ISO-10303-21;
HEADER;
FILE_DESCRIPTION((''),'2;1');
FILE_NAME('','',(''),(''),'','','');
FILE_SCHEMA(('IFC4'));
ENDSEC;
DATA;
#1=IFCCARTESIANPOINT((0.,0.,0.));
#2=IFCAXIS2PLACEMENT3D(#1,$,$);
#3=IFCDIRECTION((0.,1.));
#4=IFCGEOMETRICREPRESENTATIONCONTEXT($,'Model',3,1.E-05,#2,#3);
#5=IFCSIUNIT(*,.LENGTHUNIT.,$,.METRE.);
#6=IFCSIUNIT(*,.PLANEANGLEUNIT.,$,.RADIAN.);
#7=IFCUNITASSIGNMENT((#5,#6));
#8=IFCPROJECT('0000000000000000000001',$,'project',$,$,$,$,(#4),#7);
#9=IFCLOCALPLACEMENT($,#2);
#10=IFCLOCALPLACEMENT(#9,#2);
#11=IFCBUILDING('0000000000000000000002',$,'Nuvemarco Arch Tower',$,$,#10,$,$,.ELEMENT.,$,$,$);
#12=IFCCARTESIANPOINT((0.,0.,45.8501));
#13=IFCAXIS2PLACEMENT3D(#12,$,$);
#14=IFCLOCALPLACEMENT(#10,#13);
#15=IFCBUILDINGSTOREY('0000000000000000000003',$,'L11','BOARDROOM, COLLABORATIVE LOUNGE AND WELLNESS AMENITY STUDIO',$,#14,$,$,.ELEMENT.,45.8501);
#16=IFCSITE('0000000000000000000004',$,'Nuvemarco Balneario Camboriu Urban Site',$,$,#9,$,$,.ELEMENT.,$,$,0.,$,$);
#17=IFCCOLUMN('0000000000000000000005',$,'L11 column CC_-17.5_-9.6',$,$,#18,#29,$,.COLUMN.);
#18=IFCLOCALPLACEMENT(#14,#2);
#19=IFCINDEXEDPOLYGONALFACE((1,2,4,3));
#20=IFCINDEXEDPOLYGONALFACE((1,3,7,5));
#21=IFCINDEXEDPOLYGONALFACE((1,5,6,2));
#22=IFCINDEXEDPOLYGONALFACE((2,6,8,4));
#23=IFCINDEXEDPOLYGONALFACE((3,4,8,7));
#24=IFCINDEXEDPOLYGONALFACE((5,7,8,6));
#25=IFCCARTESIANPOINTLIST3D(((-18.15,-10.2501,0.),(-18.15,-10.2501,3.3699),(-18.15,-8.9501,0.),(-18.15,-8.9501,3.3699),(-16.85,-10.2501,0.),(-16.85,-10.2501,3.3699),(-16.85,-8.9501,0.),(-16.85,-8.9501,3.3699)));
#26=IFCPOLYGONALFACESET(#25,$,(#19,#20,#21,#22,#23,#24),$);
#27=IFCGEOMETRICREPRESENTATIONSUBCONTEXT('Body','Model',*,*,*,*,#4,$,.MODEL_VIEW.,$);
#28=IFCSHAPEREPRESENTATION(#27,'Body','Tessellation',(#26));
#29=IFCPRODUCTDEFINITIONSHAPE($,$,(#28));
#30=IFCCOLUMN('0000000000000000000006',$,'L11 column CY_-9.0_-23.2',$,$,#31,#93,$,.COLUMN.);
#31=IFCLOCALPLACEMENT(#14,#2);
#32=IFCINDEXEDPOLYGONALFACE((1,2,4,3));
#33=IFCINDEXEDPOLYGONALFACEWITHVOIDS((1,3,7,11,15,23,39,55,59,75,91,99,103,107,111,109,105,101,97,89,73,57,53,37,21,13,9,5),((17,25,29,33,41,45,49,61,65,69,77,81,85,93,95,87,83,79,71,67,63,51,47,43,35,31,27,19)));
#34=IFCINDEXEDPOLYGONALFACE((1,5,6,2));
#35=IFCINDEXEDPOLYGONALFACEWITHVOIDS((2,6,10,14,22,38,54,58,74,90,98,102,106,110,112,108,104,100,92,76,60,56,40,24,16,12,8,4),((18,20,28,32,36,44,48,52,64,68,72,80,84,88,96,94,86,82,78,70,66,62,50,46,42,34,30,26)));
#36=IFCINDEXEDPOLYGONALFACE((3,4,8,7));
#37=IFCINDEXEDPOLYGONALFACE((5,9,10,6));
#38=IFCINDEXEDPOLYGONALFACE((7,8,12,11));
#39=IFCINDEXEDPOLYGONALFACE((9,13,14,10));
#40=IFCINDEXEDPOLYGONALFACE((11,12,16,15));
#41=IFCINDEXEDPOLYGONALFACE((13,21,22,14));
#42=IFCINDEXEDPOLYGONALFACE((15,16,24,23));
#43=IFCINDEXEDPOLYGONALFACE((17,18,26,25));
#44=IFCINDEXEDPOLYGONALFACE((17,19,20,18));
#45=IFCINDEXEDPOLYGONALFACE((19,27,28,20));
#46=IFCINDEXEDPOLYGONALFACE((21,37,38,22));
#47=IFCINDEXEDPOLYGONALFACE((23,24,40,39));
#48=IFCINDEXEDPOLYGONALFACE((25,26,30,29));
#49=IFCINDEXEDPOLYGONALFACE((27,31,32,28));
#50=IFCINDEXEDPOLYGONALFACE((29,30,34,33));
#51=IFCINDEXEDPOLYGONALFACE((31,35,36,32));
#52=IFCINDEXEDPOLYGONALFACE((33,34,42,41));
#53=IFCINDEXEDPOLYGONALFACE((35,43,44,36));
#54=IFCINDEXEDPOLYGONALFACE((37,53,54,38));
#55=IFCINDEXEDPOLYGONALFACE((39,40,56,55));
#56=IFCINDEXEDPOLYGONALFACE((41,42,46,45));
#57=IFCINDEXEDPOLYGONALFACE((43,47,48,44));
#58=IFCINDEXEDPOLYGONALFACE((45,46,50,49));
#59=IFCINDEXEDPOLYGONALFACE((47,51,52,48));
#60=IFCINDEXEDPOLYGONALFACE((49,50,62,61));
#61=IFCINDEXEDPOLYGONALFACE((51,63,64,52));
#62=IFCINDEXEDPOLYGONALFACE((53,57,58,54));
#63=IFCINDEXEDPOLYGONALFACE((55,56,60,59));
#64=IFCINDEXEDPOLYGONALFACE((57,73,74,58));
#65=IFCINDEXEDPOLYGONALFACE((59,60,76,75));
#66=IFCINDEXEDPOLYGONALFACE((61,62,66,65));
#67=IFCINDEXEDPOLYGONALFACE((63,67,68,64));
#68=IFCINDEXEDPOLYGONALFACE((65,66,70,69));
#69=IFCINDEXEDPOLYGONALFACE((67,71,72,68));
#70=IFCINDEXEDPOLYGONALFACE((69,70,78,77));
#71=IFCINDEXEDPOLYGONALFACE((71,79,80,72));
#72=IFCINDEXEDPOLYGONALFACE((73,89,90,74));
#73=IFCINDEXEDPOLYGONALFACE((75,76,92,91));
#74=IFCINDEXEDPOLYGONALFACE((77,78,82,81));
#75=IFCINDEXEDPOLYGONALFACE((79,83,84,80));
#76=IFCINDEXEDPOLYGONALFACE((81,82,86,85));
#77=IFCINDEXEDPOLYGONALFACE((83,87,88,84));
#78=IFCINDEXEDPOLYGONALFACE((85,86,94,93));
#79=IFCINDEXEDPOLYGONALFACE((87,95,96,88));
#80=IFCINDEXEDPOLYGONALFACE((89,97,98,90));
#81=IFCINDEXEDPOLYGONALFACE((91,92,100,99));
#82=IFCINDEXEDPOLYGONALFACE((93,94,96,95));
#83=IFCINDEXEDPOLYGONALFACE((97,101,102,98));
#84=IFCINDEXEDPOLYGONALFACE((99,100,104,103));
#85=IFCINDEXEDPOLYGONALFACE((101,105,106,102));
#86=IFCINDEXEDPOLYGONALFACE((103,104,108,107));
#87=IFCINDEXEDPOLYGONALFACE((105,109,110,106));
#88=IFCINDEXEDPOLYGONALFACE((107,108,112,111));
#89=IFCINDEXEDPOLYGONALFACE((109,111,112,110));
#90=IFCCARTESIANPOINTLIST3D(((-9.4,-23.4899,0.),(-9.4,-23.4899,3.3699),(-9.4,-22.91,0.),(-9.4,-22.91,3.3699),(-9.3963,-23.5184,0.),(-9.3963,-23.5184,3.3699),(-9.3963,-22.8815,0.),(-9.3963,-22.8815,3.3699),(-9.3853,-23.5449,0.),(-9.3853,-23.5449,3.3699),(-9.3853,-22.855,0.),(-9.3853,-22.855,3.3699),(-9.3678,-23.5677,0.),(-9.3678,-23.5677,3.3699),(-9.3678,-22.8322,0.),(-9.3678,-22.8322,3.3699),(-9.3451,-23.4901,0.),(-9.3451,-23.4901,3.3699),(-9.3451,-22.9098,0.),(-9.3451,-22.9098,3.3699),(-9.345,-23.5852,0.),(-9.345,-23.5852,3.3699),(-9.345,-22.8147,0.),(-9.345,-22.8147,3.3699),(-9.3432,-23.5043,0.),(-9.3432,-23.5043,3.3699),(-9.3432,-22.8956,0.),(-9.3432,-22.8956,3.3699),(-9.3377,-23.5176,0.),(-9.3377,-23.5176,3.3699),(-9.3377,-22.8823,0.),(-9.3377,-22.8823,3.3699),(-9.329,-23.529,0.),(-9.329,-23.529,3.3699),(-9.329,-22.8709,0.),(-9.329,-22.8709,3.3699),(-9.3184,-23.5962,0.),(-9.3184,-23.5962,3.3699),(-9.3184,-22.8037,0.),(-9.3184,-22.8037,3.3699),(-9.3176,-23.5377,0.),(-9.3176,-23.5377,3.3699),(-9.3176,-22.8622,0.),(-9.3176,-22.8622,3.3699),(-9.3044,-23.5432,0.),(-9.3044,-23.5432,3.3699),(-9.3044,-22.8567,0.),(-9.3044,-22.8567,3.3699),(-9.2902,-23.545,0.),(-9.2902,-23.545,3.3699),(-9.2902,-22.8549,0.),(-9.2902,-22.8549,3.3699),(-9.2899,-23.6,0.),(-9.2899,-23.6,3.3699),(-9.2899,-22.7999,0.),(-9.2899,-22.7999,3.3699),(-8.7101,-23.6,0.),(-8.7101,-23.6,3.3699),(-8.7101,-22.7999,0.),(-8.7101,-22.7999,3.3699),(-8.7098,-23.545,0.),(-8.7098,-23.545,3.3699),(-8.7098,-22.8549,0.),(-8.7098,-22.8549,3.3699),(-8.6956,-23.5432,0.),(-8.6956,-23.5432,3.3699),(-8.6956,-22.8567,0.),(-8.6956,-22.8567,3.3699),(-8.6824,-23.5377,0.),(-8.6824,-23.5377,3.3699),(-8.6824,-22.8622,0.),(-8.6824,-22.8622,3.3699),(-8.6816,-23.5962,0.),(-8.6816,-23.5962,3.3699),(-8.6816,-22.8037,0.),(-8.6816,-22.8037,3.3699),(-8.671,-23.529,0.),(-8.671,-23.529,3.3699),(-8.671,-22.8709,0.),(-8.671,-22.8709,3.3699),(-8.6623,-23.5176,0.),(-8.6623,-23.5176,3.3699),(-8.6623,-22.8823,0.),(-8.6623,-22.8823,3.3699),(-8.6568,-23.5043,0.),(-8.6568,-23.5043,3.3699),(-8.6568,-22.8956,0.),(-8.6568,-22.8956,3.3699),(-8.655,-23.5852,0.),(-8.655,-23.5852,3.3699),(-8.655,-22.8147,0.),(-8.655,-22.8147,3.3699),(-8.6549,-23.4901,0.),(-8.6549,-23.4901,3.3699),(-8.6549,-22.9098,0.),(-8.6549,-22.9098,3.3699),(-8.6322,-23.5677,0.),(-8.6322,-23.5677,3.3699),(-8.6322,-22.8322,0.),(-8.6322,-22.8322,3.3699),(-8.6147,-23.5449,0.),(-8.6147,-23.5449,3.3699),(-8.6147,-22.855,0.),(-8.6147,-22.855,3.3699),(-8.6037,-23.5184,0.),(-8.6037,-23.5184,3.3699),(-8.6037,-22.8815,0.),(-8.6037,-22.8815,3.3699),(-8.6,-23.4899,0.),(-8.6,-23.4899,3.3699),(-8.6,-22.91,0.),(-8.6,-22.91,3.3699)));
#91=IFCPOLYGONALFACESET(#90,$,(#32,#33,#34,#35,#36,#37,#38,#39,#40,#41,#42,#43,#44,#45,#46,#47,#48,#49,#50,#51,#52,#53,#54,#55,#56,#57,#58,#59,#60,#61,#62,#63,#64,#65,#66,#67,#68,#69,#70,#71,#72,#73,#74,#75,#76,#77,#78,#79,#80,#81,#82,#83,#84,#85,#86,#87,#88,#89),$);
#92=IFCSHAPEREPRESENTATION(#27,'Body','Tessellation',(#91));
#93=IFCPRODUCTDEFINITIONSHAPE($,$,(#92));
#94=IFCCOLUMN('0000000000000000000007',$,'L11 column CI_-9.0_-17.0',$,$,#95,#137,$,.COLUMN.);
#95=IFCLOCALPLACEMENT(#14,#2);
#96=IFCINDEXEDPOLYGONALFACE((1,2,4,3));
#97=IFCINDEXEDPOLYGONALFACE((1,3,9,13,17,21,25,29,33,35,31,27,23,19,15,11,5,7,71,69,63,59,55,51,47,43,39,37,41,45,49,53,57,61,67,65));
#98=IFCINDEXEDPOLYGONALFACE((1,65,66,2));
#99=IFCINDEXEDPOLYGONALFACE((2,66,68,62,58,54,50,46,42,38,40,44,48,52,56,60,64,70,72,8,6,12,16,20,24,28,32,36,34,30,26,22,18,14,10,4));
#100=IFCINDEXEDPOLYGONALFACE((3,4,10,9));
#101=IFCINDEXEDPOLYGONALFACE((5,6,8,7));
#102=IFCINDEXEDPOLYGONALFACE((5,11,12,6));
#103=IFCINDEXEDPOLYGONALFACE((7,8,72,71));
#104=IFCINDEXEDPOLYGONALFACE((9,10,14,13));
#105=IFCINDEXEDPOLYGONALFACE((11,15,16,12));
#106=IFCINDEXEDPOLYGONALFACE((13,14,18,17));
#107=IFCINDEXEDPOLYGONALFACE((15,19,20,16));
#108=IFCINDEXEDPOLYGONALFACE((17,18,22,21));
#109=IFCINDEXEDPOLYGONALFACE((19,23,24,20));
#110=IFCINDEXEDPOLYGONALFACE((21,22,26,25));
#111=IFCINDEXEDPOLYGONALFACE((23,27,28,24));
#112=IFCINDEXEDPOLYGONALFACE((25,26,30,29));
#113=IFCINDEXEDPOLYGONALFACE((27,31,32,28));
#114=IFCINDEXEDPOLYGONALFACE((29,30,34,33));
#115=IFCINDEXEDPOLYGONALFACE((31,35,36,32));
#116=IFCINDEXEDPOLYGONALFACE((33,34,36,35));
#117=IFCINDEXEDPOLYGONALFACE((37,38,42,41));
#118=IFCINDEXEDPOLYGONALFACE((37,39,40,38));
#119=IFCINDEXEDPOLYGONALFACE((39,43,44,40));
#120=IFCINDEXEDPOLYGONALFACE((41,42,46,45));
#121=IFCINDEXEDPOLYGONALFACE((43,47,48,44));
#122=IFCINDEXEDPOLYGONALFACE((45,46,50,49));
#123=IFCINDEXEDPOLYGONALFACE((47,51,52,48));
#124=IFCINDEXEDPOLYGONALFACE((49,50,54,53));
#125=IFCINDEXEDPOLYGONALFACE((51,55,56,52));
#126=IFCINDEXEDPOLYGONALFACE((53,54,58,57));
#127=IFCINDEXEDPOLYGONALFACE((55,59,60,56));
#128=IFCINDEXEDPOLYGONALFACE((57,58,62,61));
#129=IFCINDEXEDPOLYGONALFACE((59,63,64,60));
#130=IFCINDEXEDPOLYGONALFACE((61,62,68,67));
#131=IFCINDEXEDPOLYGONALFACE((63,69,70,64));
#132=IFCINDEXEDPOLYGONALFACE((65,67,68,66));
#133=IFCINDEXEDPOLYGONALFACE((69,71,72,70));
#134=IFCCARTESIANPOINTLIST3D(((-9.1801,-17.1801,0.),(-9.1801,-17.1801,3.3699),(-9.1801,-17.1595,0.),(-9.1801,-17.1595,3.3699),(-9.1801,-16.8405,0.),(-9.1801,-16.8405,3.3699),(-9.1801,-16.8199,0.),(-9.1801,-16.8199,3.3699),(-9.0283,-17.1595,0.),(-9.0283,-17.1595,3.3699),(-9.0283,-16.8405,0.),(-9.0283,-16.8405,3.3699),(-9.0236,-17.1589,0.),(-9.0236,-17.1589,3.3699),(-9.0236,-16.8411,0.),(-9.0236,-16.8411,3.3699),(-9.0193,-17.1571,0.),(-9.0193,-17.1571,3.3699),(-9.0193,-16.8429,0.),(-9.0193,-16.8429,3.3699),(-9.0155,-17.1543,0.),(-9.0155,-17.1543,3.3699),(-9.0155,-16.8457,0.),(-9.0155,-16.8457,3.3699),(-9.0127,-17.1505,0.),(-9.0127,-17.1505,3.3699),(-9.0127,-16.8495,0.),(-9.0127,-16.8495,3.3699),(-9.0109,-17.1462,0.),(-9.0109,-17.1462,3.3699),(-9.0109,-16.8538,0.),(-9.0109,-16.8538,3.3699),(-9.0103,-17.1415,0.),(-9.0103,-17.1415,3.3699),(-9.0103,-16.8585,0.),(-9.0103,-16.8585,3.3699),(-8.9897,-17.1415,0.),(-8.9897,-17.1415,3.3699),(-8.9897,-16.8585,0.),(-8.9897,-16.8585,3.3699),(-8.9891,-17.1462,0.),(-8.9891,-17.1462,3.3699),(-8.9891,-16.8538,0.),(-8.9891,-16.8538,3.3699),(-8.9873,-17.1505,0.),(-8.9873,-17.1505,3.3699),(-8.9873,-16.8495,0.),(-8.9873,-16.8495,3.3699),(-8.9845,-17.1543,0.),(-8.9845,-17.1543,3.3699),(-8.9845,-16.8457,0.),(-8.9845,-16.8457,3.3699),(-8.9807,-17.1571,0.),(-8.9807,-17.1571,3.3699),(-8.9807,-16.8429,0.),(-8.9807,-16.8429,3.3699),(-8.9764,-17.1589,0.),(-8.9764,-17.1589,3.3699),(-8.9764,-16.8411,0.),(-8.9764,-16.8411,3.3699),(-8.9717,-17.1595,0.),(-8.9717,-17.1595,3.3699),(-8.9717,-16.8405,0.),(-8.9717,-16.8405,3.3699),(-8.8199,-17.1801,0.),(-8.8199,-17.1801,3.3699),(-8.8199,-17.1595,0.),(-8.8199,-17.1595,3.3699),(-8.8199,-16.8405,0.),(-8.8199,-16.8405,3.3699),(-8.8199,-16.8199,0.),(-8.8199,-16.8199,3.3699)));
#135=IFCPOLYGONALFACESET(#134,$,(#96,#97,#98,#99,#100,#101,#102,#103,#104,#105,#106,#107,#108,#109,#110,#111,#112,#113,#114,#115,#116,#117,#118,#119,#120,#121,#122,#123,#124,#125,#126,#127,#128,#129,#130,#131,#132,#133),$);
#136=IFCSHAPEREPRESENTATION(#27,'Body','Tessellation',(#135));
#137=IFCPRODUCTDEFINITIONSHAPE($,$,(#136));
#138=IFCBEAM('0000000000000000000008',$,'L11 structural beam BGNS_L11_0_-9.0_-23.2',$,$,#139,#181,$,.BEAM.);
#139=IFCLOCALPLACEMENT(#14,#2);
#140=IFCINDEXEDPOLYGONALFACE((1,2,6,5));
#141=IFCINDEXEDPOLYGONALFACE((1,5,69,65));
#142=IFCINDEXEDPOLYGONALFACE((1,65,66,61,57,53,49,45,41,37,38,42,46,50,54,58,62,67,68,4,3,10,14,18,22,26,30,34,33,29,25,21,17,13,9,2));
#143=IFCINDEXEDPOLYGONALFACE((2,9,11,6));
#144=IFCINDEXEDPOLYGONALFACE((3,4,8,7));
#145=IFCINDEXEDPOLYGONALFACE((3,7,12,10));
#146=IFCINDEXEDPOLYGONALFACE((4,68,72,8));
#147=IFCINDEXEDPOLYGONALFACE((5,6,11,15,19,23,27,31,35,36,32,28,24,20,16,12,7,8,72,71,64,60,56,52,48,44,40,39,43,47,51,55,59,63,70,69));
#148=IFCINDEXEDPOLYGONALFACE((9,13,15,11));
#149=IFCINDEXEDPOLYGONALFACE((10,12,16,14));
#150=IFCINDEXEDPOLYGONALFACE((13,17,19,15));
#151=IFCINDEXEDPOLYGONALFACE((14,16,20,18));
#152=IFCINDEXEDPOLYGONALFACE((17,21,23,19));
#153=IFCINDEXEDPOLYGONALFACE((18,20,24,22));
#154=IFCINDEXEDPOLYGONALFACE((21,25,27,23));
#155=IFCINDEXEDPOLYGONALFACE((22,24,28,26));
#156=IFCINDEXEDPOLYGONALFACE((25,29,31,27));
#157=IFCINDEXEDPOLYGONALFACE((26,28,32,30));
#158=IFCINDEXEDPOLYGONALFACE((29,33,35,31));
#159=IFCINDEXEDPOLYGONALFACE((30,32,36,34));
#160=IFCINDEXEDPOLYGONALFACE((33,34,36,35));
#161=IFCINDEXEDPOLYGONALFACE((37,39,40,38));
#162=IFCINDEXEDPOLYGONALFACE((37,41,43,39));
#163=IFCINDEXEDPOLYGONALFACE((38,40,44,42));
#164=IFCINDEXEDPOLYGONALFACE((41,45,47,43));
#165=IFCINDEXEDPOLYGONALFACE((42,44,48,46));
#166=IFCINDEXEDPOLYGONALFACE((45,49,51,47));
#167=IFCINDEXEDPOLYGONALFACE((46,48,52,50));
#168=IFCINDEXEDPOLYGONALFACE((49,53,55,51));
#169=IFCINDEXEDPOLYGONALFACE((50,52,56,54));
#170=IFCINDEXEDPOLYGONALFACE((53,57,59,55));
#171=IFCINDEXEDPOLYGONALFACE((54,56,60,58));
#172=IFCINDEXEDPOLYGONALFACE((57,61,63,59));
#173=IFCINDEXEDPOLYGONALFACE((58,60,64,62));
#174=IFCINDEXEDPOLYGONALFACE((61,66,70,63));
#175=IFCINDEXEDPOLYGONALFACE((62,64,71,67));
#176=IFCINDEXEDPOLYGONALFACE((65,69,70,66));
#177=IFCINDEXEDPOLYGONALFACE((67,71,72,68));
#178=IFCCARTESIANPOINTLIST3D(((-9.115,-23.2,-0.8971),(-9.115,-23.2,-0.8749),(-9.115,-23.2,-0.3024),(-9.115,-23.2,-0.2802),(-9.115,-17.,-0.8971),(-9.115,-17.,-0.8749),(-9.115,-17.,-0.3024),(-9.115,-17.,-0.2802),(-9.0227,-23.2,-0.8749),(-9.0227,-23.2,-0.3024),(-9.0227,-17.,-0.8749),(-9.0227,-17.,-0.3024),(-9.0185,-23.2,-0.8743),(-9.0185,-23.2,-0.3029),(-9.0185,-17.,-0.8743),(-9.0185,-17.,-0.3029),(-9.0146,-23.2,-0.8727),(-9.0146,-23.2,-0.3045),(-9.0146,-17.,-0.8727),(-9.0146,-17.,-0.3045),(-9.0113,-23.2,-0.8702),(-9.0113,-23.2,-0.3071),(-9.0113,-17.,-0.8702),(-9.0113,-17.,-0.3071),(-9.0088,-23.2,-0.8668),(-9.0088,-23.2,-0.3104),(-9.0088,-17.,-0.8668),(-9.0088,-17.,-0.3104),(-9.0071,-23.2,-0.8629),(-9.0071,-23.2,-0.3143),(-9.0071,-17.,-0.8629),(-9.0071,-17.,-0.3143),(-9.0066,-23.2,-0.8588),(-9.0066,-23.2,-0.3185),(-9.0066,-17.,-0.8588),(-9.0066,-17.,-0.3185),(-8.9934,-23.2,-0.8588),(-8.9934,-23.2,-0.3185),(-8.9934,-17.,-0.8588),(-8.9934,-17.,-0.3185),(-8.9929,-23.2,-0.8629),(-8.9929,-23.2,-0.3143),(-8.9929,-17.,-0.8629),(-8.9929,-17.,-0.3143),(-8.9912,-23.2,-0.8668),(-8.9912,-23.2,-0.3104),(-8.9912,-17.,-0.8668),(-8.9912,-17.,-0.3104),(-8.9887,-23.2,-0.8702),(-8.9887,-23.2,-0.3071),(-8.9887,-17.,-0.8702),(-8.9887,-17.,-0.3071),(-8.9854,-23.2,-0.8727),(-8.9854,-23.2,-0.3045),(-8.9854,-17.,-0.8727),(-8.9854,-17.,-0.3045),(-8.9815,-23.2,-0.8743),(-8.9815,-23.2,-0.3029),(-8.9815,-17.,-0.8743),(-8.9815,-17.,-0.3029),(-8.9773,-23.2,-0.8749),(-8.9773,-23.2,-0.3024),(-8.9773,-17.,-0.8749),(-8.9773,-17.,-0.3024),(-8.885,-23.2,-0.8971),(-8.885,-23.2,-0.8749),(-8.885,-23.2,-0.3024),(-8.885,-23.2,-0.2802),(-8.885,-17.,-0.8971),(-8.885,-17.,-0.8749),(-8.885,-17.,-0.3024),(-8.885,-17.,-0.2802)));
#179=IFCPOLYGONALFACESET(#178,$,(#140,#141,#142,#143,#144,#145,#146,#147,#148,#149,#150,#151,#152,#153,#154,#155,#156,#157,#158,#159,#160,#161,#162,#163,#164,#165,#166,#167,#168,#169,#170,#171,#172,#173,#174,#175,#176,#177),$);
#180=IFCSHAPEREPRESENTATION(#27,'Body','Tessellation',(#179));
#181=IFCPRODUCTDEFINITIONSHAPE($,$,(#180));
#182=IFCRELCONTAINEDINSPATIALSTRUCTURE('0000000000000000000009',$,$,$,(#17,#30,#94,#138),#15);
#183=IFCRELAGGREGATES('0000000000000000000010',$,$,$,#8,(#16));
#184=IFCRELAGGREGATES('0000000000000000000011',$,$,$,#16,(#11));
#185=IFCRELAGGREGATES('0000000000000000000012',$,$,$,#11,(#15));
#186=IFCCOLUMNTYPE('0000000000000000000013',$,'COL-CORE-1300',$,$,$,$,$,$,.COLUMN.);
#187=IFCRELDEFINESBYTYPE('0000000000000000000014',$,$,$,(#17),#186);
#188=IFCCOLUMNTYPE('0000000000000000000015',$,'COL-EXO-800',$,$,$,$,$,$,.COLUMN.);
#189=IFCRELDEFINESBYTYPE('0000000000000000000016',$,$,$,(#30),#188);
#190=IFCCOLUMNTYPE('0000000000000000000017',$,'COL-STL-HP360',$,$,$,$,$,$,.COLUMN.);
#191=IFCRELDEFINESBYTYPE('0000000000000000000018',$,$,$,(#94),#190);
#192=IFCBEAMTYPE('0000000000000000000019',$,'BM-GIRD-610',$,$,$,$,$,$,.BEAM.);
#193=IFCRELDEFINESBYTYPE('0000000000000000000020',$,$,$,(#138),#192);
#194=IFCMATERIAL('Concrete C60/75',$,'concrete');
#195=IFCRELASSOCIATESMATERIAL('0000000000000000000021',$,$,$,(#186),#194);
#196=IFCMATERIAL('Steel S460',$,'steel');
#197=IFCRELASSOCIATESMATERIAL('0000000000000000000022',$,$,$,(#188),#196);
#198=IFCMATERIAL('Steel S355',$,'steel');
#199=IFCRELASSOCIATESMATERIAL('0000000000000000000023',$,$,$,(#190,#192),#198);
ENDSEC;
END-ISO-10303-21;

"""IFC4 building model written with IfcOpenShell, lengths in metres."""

from ifc_helpers import new_model, si_unit, direction, frame, origin, origin_2d, place, context, subcontext, project, spatial, rectangle, hollow_rectangle, i_section, extrude, material, material_profile, profile_set, type_object, element, save


model = new_model("IFC4")

# Units and contexts
model_context = context("Model", 3, precision=1e-05, world=origin(), true_north=direction((0.0, 1.0)))
body_context = subcontext(model_context, "Body", "Model", "MODEL_VIEW")
ifc_project = project(units=[si_unit("LENGTHUNIT", "METRE"), si_unit("PLANEANGLEUNIT", "RADIAN")], contexts=[model_context])

# Site, building, storey
site_placement = place(None, origin())
site = spatial("IfcSite", under=ifc_project, at=site_placement, Name="Nuvemarco Balneario Camboriu Urban Site", CompositionType="ELEMENT", RefElevation=0.0)
building_placement = place(site_placement, origin())
building = spatial("IfcBuilding", under=site, at=building_placement, Name="Nuvemarco Arch Tower", CompositionType="ELEMENT")
storey_placement = place(building_placement, frame((0.0, 0.0, 45.8501)))
storey = spatial("IfcBuildingStorey", under=building, at=storey_placement, Name="L11", Description="BOARDROOM, COLLABORATIVE LOUNGE AND WELLNESS AMENITY STUDIO", CompositionType="ELEMENT", Elevation=45.8501)

# Columns
ifc_material_1 = material(Name="Concrete C60/75", Category="concrete")
ifc_material_profile_1 = material_profile(ifc_material_1, rectangle(XDim=1.3, YDim=1.3, at=origin_2d()), Name="RC-COL-1300x1300")
ifc_profile_set_1 = profile_set([ifc_material_profile_1], Name="Concrete C60/75")
column_type_1 = type_object("IfcColumnType", Name="COL-CORE-1300", PredefinedType="COLUMN", material=ifc_profile_set_1)
column_1_placement = place(storey_placement, frame((-17.5, -9.6001, 0.0), z_axis=(0.0, 0.0, 1.0), x_axis=(1.0, 0.0, 0.0)))
element("IfcColumn", 1, at=column_1_placement, inside=storey, type_object=column_type_1, Name="L11 column CC_-17.5_-9.6", PredefinedType="COLUMN", context=body_context, shape_type="SweptSolid", body=[
    extrude(rectangle(XDim=1.3, YDim=1.3, at=origin_2d()), origin(), (0.0, 0.0, 1.0), 3.3699),
])
ifc_material_2 = material(Name="Steel S460", Category="steel")
ifc_material_profile_2 = material_profile(ifc_material_2, hollow_rectangle(XDim=0.8, YDim=0.8, WallThickness=0.0549, InnerFilletRadius=0.0549, OuterFilletRadius=0.1101, at=origin_2d()), Name="SHS800x800x55")
ifc_profile_set_2 = profile_set([ifc_material_profile_2], Name="Steel S460")
column_type_2 = type_object("IfcColumnType", Name="COL-EXO-800", PredefinedType="COLUMN", material=ifc_profile_set_2)
column_2_placement = place(storey_placement, frame((-9.0, -23.2, 0.0), z_axis=(0.0, 0.0, 1.0), x_axis=(1.0, 0.0, 0.0)))
element("IfcColumn", 2, at=column_2_placement, inside=storey, type_object=column_type_2, Name="L11 column CY_-9.0_-23.2", PredefinedType="COLUMN", context=body_context, shape_type="SweptSolid", body=[
    extrude(hollow_rectangle(XDim=0.8, YDim=0.8, WallThickness=0.0549, InnerFilletRadius=0.0549, OuterFilletRadius=0.1101, at=origin_2d()), origin(), (0.0, 0.0, 1.0), 3.3699),
])
ifc_material_3 = material(Name="Steel S355", Category="steel")
ifc_material_profile_3 = material_profile(ifc_material_3, i_section(OverallWidth=0.3601, OverallDepth=0.3601, WebThickness=0.0205, FlangeThickness=0.0205, FilletRadius=0.0181, at=origin_2d()), Name="HP360x174")
ifc_profile_set_3 = profile_set([ifc_material_profile_3], Name="Steel S355")
column_type_3 = type_object("IfcColumnType", Name="COL-STL-HP360", PredefinedType="COLUMN", material=ifc_profile_set_3)
column_3_placement = place(storey_placement, frame((-9.0, -17.0, 0.0), z_axis=(0.0, 0.0, 1.0), x_axis=(1.0, 0.0, 0.0)))
element("IfcColumn", 3, at=column_3_placement, inside=storey, type_object=column_type_3, Name="L11 column CI_-9.0_-17.0", PredefinedType="COLUMN", context=body_context, shape_type="SweptSolid", body=[
    extrude(i_section(OverallWidth=0.3601, OverallDepth=0.3601, WebThickness=0.0205, FlangeThickness=0.0205, FilletRadius=0.0181, at=origin_2d()), origin(), (0.0, 0.0, 1.0), 3.3699),
])

# Beam
ifc_material_profile_4 = material_profile(ifc_material_3, i_section(OverallWidth=0.23, OverallDepth=0.6169, WebThickness=0.0132, FlangeThickness=0.0222, FilletRadius=0.0161, at=origin_2d()), Name="W610x140")
ifc_profile_set_4 = profile_set([ifc_material_profile_4], Name="Steel S355")
beam_type_1 = type_object("IfcBeamType", Name="BM-GIRD-610", PredefinedType="BEAM", material=ifc_profile_set_4)
beam_1_placement = place(storey_placement, frame((-9.0, -23.2, -0.5886), z_axis=(0.0, 1.0, 0.0), x_axis=(-1.0, 0.0, 0.0)))
element("IfcBeam", 4, at=beam_1_placement, inside=storey, type_object=beam_type_1, Name="L11 structural beam BGNS_L11_0_-9.0_-23.2", PredefinedType="BEAM", context=body_context, shape_type="SweptSolid", body=[
    extrude(i_section(OverallWidth=0.23, OverallDepth=0.6169, WebThickness=0.0132, FlangeThickness=0.0222, FilletRadius=0.0161, at=origin_2d()), origin(), (0.0, 0.0, 1.0), 6.2),
])

save(model, "model.ifc")
